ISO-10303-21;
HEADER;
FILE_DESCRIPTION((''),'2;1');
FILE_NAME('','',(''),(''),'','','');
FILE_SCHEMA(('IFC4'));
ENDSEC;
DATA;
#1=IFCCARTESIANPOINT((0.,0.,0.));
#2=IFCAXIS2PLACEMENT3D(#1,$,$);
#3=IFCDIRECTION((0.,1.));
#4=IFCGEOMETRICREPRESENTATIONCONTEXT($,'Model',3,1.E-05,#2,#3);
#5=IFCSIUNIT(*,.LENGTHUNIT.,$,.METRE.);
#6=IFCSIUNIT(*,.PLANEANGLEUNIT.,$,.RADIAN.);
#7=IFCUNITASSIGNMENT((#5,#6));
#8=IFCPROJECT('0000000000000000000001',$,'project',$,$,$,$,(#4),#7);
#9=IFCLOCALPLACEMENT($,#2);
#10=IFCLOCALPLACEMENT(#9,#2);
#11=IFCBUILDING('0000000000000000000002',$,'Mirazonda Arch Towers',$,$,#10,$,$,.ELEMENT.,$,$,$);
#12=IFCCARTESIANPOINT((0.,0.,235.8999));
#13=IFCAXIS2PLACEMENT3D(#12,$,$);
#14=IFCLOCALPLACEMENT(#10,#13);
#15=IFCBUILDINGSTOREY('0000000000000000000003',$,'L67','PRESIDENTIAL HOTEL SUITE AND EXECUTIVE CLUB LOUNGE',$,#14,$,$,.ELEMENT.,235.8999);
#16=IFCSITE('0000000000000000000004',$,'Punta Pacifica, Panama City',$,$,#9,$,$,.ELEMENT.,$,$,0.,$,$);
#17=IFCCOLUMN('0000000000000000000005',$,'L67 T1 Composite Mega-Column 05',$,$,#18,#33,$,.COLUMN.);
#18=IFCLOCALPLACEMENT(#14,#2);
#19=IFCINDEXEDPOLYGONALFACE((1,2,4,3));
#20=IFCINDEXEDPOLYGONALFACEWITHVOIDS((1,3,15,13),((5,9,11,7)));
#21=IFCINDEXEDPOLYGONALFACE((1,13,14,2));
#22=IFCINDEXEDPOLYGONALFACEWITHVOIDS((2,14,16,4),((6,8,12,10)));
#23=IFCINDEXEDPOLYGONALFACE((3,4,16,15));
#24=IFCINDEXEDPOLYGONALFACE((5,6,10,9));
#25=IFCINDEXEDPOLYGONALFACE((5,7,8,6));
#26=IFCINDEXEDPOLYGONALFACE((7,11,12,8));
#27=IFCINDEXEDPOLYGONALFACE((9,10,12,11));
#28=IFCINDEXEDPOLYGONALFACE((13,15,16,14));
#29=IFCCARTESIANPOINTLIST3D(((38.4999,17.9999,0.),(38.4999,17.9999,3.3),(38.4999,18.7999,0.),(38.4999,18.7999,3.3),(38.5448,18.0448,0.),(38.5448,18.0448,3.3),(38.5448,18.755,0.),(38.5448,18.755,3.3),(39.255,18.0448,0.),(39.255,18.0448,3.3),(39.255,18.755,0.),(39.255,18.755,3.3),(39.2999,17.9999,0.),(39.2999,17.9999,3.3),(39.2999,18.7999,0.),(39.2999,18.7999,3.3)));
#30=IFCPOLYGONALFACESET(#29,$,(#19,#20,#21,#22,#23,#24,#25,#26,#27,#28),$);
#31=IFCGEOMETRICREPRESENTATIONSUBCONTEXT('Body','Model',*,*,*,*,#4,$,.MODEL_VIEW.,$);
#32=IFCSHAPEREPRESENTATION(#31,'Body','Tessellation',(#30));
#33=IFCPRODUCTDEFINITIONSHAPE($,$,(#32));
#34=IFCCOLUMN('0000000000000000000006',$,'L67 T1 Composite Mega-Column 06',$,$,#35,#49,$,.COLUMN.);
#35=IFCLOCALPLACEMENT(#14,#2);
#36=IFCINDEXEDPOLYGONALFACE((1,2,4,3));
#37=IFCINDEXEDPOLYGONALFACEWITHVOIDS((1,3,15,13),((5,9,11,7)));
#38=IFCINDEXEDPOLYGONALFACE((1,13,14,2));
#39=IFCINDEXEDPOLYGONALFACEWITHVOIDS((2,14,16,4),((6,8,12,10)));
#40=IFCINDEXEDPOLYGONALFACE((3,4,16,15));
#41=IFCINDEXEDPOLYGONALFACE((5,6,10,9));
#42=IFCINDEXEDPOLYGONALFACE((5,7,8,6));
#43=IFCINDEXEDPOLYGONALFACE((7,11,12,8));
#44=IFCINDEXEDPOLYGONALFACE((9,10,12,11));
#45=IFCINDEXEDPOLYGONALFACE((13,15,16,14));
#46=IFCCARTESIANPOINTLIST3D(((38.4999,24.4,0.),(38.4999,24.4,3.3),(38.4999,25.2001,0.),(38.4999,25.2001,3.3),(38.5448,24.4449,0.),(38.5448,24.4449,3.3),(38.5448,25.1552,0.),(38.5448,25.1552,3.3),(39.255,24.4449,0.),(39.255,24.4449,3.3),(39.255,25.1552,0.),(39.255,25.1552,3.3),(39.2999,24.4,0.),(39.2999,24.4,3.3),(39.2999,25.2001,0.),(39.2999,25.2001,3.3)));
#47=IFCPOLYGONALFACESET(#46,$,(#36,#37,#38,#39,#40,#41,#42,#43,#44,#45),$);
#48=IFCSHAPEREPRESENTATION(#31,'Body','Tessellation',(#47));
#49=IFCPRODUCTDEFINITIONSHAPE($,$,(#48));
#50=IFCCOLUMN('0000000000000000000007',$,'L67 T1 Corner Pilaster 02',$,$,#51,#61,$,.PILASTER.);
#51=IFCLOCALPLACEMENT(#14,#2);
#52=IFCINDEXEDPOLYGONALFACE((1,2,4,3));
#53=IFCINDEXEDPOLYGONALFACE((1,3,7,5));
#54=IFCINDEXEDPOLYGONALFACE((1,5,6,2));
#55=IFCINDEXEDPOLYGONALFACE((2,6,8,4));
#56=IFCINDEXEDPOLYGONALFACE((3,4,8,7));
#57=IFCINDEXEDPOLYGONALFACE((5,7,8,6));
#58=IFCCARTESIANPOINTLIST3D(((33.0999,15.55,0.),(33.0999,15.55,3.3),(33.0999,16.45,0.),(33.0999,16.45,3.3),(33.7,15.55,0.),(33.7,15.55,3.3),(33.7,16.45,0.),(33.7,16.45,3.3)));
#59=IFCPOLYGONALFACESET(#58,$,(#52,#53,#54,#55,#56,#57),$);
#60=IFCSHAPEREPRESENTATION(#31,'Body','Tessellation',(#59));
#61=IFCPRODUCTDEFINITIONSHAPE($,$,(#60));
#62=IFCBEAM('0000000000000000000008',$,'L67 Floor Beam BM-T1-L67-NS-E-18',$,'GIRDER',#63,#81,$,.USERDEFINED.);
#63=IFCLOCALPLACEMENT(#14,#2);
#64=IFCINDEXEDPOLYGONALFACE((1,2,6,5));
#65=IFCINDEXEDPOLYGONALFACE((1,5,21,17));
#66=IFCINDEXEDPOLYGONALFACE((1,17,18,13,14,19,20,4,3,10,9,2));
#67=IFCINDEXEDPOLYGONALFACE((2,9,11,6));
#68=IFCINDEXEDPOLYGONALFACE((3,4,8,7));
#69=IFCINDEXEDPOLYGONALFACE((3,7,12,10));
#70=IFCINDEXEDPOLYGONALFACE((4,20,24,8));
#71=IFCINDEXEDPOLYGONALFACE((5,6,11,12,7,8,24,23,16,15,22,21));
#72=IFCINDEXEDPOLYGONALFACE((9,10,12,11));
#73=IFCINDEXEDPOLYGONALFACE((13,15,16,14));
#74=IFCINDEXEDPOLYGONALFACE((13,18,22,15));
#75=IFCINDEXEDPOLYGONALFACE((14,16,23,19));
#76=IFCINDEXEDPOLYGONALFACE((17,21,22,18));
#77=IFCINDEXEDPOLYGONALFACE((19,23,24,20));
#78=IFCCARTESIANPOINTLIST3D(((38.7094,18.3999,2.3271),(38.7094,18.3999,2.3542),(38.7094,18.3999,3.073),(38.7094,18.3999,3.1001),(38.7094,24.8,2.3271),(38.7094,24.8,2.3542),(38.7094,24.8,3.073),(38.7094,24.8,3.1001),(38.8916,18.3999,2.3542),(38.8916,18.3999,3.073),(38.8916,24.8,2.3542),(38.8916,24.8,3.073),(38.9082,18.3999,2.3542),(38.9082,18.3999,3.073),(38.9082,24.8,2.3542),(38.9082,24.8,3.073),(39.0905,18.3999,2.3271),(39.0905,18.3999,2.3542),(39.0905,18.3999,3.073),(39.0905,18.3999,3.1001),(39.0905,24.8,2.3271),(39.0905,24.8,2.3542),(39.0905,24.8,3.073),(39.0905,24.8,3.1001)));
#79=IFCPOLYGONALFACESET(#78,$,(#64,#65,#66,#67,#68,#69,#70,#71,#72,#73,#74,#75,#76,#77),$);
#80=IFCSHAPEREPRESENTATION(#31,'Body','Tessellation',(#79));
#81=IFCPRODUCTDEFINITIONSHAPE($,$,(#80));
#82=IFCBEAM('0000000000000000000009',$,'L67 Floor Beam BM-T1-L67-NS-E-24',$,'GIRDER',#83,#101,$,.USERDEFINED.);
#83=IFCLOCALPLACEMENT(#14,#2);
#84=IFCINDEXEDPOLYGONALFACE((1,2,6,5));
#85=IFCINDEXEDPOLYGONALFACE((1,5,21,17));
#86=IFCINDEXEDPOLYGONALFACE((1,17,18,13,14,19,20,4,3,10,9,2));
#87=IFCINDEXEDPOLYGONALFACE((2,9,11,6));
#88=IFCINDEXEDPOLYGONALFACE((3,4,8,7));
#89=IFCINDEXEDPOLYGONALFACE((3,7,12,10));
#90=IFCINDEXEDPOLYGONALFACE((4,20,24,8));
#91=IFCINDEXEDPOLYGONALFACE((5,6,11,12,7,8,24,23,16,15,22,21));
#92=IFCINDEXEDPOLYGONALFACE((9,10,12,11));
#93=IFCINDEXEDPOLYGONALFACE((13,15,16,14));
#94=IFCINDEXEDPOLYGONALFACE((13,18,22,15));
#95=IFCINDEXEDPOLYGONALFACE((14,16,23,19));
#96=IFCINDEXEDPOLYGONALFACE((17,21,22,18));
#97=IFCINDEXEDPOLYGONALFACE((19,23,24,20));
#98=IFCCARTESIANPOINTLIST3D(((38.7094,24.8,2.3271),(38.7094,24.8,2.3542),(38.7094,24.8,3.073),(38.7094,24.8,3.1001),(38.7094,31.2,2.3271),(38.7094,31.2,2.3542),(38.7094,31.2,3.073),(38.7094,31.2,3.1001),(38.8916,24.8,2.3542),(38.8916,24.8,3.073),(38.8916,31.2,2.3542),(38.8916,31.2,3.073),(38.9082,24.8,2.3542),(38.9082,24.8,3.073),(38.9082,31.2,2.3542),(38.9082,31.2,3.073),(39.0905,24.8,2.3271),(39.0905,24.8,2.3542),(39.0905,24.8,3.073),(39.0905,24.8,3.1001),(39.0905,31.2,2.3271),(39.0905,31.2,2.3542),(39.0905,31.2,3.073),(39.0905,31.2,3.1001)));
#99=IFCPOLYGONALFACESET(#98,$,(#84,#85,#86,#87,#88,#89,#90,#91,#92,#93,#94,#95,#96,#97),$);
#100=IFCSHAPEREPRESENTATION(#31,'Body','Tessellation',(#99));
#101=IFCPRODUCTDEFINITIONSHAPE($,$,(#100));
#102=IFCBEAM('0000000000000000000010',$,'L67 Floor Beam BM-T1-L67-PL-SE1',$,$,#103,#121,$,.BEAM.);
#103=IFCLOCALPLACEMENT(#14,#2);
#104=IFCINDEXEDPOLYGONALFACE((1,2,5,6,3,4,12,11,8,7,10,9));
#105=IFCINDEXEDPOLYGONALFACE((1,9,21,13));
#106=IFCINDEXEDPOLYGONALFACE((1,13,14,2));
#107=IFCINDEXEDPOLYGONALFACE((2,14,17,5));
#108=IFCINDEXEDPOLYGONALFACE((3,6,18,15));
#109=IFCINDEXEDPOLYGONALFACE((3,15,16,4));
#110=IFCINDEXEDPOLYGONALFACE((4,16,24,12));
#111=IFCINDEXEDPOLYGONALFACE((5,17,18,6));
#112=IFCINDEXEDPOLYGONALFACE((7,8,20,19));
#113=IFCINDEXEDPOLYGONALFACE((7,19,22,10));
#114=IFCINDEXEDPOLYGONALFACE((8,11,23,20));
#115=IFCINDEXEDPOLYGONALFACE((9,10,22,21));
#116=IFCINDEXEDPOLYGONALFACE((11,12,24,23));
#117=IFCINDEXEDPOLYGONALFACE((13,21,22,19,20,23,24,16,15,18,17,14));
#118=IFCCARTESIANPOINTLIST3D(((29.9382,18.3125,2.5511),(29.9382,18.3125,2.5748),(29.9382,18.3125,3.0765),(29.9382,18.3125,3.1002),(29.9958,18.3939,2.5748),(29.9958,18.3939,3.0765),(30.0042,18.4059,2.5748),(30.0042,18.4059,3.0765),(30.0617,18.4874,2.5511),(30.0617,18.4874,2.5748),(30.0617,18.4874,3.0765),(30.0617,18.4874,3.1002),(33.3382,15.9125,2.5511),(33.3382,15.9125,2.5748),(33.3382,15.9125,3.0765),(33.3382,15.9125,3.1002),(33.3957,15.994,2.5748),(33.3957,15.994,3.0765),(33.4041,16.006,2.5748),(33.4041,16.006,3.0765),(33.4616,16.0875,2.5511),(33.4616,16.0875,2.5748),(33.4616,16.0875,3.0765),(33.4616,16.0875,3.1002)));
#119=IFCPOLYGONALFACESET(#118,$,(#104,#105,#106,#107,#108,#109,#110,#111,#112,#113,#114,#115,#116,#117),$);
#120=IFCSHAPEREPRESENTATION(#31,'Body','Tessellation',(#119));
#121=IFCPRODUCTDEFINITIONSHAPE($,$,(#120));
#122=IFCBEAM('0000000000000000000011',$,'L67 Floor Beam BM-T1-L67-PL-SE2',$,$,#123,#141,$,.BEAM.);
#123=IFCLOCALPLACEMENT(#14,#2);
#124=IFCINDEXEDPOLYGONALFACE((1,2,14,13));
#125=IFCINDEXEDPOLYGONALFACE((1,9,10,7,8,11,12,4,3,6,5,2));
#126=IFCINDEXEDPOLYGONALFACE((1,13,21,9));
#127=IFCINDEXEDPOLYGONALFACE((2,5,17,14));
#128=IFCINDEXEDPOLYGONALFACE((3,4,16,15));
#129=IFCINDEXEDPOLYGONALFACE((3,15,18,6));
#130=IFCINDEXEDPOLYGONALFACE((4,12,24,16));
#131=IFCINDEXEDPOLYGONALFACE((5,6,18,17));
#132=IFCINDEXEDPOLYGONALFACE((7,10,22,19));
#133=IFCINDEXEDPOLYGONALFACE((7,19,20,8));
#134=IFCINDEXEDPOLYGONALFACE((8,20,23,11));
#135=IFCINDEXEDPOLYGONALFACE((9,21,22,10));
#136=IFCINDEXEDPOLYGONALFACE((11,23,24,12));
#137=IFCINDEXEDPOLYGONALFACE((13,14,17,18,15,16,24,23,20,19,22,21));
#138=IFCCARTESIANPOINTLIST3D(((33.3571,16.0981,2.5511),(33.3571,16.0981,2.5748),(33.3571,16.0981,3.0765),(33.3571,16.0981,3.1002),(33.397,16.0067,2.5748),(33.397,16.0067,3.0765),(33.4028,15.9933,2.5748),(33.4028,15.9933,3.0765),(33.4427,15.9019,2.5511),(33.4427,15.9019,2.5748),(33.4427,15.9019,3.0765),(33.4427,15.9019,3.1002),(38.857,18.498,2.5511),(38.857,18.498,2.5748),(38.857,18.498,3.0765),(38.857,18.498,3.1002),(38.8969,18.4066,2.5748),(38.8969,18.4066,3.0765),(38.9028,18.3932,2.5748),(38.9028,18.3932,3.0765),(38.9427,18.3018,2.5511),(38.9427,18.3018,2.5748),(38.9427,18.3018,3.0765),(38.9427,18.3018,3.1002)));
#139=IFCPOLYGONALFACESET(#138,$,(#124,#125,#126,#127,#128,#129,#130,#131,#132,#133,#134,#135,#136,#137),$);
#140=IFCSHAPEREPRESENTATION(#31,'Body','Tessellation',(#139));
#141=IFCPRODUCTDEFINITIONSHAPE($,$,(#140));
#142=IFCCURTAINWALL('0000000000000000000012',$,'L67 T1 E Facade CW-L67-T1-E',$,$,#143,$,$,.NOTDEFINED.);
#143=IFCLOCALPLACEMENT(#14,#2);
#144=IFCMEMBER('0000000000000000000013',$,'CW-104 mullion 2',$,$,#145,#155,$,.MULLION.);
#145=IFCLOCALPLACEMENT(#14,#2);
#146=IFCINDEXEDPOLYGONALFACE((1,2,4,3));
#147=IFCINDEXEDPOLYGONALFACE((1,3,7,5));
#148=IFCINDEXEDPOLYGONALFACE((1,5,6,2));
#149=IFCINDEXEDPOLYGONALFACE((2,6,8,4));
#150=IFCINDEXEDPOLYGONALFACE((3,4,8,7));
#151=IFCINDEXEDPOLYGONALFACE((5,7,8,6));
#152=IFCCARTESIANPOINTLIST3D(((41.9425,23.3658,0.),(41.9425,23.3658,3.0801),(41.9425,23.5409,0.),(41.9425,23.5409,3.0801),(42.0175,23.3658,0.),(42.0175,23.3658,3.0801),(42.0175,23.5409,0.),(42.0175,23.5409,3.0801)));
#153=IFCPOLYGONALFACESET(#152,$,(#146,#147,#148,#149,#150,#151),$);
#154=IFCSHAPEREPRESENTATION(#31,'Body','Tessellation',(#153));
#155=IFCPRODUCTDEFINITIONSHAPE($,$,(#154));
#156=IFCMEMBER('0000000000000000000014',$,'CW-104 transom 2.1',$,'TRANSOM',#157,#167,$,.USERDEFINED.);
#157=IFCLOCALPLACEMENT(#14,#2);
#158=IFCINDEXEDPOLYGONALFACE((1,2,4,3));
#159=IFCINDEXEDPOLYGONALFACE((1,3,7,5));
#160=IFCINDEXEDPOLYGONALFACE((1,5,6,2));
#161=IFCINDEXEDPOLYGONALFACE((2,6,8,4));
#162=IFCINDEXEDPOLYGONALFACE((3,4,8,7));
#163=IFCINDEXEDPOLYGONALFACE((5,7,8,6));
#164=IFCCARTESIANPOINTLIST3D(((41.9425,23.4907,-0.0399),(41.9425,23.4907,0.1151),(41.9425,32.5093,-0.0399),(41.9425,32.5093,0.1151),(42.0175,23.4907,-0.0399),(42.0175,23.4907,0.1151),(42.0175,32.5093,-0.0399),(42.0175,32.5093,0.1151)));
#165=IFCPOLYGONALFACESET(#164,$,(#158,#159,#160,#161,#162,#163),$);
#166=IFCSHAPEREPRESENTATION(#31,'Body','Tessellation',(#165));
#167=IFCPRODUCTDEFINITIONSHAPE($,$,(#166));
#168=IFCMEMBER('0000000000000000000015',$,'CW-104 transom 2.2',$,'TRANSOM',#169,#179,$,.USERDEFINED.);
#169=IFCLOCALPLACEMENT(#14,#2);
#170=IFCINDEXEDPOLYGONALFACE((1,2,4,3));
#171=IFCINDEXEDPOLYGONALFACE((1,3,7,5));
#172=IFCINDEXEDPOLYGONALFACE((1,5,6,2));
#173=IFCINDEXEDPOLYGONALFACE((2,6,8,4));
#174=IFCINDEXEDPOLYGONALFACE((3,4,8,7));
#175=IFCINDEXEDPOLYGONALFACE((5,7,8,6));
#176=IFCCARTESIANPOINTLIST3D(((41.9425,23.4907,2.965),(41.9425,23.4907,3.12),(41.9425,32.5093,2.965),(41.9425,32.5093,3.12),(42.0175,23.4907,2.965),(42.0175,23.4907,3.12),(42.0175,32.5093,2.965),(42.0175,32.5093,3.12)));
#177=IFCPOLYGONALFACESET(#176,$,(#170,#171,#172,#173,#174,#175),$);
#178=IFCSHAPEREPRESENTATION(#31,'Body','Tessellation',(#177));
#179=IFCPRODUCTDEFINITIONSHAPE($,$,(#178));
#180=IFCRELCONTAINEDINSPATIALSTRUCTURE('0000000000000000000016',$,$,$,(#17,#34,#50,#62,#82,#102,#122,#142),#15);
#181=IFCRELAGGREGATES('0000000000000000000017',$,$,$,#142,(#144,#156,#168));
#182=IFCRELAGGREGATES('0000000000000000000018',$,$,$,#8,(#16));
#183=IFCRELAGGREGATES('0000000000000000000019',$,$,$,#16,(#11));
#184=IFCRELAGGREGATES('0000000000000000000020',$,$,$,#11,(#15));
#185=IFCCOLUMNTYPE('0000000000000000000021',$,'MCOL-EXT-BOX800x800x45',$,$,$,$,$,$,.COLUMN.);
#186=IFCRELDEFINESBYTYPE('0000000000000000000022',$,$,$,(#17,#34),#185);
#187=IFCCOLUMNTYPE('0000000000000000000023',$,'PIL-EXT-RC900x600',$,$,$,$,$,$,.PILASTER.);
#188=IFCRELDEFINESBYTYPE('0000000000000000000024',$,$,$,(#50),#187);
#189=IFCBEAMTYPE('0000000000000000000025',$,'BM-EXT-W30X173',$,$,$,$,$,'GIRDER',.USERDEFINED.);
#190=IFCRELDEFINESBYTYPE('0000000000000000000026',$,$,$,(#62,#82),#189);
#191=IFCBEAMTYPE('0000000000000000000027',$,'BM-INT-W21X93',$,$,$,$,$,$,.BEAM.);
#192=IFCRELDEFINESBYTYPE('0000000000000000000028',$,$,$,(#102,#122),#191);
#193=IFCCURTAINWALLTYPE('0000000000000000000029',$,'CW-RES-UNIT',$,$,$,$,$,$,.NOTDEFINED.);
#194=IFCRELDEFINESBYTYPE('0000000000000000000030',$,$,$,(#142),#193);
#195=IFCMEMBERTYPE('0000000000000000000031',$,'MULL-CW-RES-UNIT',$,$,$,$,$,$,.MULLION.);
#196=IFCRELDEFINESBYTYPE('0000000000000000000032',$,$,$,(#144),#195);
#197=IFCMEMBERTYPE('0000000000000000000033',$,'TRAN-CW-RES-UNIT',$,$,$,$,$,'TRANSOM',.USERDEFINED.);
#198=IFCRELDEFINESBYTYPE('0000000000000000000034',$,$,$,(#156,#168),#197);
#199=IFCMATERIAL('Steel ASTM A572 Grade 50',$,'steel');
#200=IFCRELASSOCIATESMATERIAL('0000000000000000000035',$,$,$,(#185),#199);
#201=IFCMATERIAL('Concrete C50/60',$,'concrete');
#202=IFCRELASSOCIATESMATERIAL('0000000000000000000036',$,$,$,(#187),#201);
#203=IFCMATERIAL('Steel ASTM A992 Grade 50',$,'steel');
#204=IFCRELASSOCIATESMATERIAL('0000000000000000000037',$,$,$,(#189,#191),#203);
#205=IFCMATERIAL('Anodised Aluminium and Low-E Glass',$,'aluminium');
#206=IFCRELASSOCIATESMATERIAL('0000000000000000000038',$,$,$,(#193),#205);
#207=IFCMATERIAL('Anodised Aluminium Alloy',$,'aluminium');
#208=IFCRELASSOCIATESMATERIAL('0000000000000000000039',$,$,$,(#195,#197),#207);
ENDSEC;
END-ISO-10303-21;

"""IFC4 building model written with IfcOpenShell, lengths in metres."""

from ifc_helpers import new_model, si_unit, direction, frame, origin, origin_2d, place, context, subcontext, project, spatial, rectangle, hollow_rectangle, i_section, extrude, material, material_profile, profile_set, type_object, element, aggregate, save


model = new_model("IFC4")

# Units and contexts
model_context = context("Model", 3, precision=1e-05, world=origin(), true_north=direction((0.0, 1.0)))
body_context = subcontext(model_context, "Body", "Model", "MODEL_VIEW")
ifc_project = project(units=[si_unit("LENGTHUNIT", "METRE"), si_unit("PLANEANGLEUNIT", "RADIAN")], contexts=[model_context])

# Site, building, storey
site_placement = place(None, origin())
site = spatial("IfcSite", under=ifc_project, at=site_placement, Name="Punta Pacifica, Panama City", CompositionType="ELEMENT", RefElevation=0.0)
building_placement = place(site_placement, origin())
building = spatial("IfcBuilding", under=site, at=building_placement, Name="Mirazonda Arch Towers", CompositionType="ELEMENT")
storey_placement = place(building_placement, frame((0.0, 0.0, 235.8999)))
storey = spatial("IfcBuildingStorey", under=building, at=storey_placement, Name="L67", Description="PRESIDENTIAL HOTEL SUITE AND EXECUTIVE CLUB LOUNGE", CompositionType="ELEMENT", Elevation=235.8999)

# Columns
ifc_material_1 = material(Name="Steel ASTM A572 Grade 50", Category="steel")
ifc_material_profile_1 = material_profile(ifc_material_1, hollow_rectangle(XDim=0.8, YDim=0.8, WallThickness=0.0449, at=origin_2d()), Name="BOX800x800x45")
ifc_profile_set_1 = profile_set([ifc_material_profile_1], Name="Steel ASTM A572 Grade 50")
column_type_1 = type_object("IfcColumnType", Name="MCOL-EXT-BOX800x800x45", PredefinedType="COLUMN", material=ifc_profile_set_1)
for number, where, z_axis, x_axis, name in (
    (1, (38.8999, 18.3999, 0.0), (0.0, 0.0, 1.0), (1.0, 0.0, 0.0), "L67 T1 Composite Mega-Column 05"),
    (2, (38.8999, 24.8, 0.0), (0.0, 0.0, 1.0), (1.0, 0.0, 0.0), "L67 T1 Composite Mega-Column 06"),
):
    element("IfcColumn", number, at=place(storey_placement, frame(where, z_axis=z_axis, x_axis=x_axis)), inside=storey, type_object=column_type_1, Name=name, PredefinedType="COLUMN", context=body_context, shape_type="SweptSolid", body=[
        extrude(hollow_rectangle(XDim=0.8, YDim=0.8, WallThickness=0.0449, at=origin_2d()), origin(), (0.0, 0.0, 1.0), 3.3),
    ])
ifc_material_2 = material(Name="Concrete C50/60", Category="concrete")
ifc_material_profile_2 = material_profile(ifc_material_2, rectangle(XDim=0.6001, YDim=0.8999, at=origin_2d()), Name="RC900x600")
ifc_profile_set_2 = profile_set([ifc_material_profile_2], Name="Concrete C50/60")
column_type_2 = type_object("IfcColumnType", Name="PIL-EXT-RC900x600", PredefinedType="PILASTER", material=ifc_profile_set_2)
column_placement = place(storey_placement, frame((33.3999, 16.0, 0.0), z_axis=(0.0, 0.0, 1.0), x_axis=(1.0, 0.0, 0.0)))
element("IfcColumn", 3, at=column_placement, inside=storey, type_object=column_type_2, Name="L67 T1 Corner Pilaster 02", PredefinedType="PILASTER", context=body_context, shape_type="SweptSolid", body=[
    extrude(rectangle(XDim=0.6001, YDim=0.8999, at=origin_2d()), origin(), (0.0, 0.0, 1.0), 3.3),
])

# Beams
ifc_material_3 = material(Name="Steel ASTM A992 Grade 50", Category="steel")
ifc_material_profile_3 = material_profile(ifc_material_3, i_section(OverallWidth=0.3811, OverallDepth=0.7729, WebThickness=0.0166, FlangeThickness=0.0271, at=origin_2d()), Name="W30X173")
ifc_profile_set_3 = profile_set([ifc_material_profile_3], Name="Steel ASTM A992 Grade 50")
beam_type_1 = type_object("IfcBeamType", Name="BM-EXT-W30X173", ElementType="GIRDER", PredefinedType="USERDEFINED", material=ifc_profile_set_3)
beam_1_placement = place(storey_placement, frame((38.8999, 18.3999, 2.7136), z_axis=(0.0, 1.0, 0.0), x_axis=(-1.0, 0.0, 0.0)))
element("IfcBeam", 4, at=beam_1_placement, inside=storey, type_object=beam_type_1, Name="L67 Floor Beam BM-T1-L67-NS-E-18", ObjectType="GIRDER", PredefinedType="USERDEFINED", context=body_context, shape_type="SweptSolid", body=[
    extrude(i_section(OverallWidth=0.3811, OverallDepth=0.7729, WebThickness=0.0166, FlangeThickness=0.0271, at=origin_2d()), origin(), (0.0, 0.0, 1.0), 6.4001),
])
beam_2_placement = place(storey_placement, frame((38.8999, 24.8, 2.7136), z_axis=(0.0, 1.0, 0.0), x_axis=(-1.0, 0.0, 0.0)))
element("IfcBeam", 5, at=beam_2_placement, inside=storey, type_object=beam_type_1, Name="L67 Floor Beam BM-T1-L67-NS-E-24", ObjectType="GIRDER", PredefinedType="USERDEFINED", context=body_context, shape_type="SweptSolid", body=[
    extrude(i_section(OverallWidth=0.3811, OverallDepth=0.7729, WebThickness=0.0166, FlangeThickness=0.0271, at=origin_2d()), origin(), (0.0, 0.0, 1.0), 6.3999),
])
ifc_material_profile_4 = material_profile(ifc_material_3, i_section(OverallWidth=0.2141, OverallDepth=0.5491, WebThickness=0.0146, FlangeThickness=0.0237, at=origin_2d()), Name="W21X93")
ifc_profile_set_4 = profile_set([ifc_material_profile_4], Name="Steel ASTM A992 Grade 50")
beam_type_2 = type_object("IfcBeamType", Name="BM-INT-W21X93", PredefinedType="BEAM", material=ifc_profile_set_4)
beam_3_placement = place(storey_placement, frame((33.3999, 16.0, 2.8257), z_axis=(-0.816971, 0.576679, 0.0), x_axis=(-0.576679, -0.816971, 0.0)))
element("IfcBeam", 6, at=beam_3_placement, inside=storey, type_object=beam_type_2, Name="L67 Floor Beam BM-T1-L67-PL-SE1", PredefinedType="BEAM", context=body_context, shape_type="SweptSolid", body=[
    extrude(i_section(OverallWidth=0.2141, OverallDepth=0.5491, WebThickness=0.0146, FlangeThickness=0.0237, at=origin_2d()), origin(), (0.0, 0.0, 1.0), 4.1616),
])
beam_4_placement = place(storey_placement, frame((33.3999, 16.0, 2.8257), z_axis=(0.916545, 0.399931, 0.0), x_axis=(-0.399931, 0.916545, 0.0)))
element("IfcBeam", 7, at=beam_4_placement, inside=storey, type_object=beam_type_2, Name="L67 Floor Beam BM-T1-L67-PL-SE2", PredefinedType="BEAM", context=body_context, shape_type="SweptSolid", body=[
    extrude(i_section(OverallWidth=0.2141, OverallDepth=0.5491, WebThickness=0.0146, FlangeThickness=0.0237, at=origin_2d()), origin(), (0.0, 0.0, 1.0), 6.0007),
])

# Curtain wall, members
ifc_material_4 = material(Name="Anodised Aluminium and Low-E Glass", Category="aluminium")
curtain_wall_type = type_object("IfcCurtainWallType", Name="CW-RES-UNIT", PredefinedType="NOTDEFINED", material=ifc_material_4)
curtain_wall_placement = place(storey_placement, origin())
curtain_wall = element("IfcCurtainWall", 8, at=curtain_wall_placement, inside=storey, type_object=curtain_wall_type, Name="L67 T1 E Facade CW-L67-T1-E", PredefinedType="NOTDEFINED")
ifc_material_5 = material(Name="Anodised Aluminium Alloy", Category="aluminium")
ifc_material_profile_5 = material_profile(ifc_material_5, rectangle(XDim=0.075, YDim=0.175, at=origin_2d()), Name="ALU-MULL-75x175")
ifc_profile_set_5 = profile_set([ifc_material_profile_5], Name="Anodised Aluminium Alloy")
member_type_1 = type_object("IfcMemberType", Name="MULL-CW-RES-UNIT", PredefinedType="MULLION", material=ifc_profile_set_5)
member_1_placement = place(storey_placement, frame((41.98, 23.4534, 0.0), z_axis=(0.0, 0.0, 1.0), x_axis=(-1.0, 0.0, 0.0)))
member_1 = element("IfcMember", 9, at=member_1_placement, type_object=member_type_1, Name="CW-104 mullion 2", PredefinedType="MULLION", context=body_context, shape_type="SweptSolid", body=[
    extrude(rectangle(XDim=0.075, YDim=0.175, at=origin_2d()), origin(), (0.0, 0.0, 1.0), 3.0801),
])
ifc_material_profile_6 = material_profile(ifc_material_5, rectangle(XDim=0.075, YDim=0.155, at=origin_2d()), Name="ALU-TRAN-75x155")
ifc_profile_set_6 = profile_set([ifc_material_profile_6], Name="Anodised Aluminium Alloy")
member_type_2 = type_object("IfcMemberType", Name="TRAN-CW-RES-UNIT", ElementType="TRANSOM", PredefinedType="USERDEFINED", material=ifc_profile_set_6)
member_2_placement = place(storey_placement, frame((41.98, 23.4907, 0.0376), z_axis=(0.0, 1.0, 0.0), x_axis=(-1.0, 0.0, 0.0)))
member_2 = element("IfcMember", 10, at=member_2_placement, type_object=member_type_2, Name="CW-104 transom 2.1", ObjectType="TRANSOM", PredefinedType="USERDEFINED", context=body_context, shape_type="SweptSolid", body=[
    extrude(rectangle(XDim=0.075, YDim=0.155, at=origin_2d()), origin(), (0.0, 0.0, 1.0), 9.0186),
])
member_3_placement = place(storey_placement, frame((41.98, 23.4907, 3.0425), z_axis=(0.0, 1.0, 0.0), x_axis=(-1.0, 0.0, 0.0)))
member_3 = element("IfcMember", 11, at=member_3_placement, type_object=member_type_2, Name="CW-104 transom 2.2", ObjectType="TRANSOM", PredefinedType="USERDEFINED", context=body_context, shape_type="SweptSolid", body=[
    extrude(rectangle(XDim=0.075, YDim=0.155, at=origin_2d()), origin(), (0.0, 0.0, 1.0), 9.0186),
])
aggregate(curtain_wall, [member_1, member_2, member_3])

save(model, "model.ifc")
